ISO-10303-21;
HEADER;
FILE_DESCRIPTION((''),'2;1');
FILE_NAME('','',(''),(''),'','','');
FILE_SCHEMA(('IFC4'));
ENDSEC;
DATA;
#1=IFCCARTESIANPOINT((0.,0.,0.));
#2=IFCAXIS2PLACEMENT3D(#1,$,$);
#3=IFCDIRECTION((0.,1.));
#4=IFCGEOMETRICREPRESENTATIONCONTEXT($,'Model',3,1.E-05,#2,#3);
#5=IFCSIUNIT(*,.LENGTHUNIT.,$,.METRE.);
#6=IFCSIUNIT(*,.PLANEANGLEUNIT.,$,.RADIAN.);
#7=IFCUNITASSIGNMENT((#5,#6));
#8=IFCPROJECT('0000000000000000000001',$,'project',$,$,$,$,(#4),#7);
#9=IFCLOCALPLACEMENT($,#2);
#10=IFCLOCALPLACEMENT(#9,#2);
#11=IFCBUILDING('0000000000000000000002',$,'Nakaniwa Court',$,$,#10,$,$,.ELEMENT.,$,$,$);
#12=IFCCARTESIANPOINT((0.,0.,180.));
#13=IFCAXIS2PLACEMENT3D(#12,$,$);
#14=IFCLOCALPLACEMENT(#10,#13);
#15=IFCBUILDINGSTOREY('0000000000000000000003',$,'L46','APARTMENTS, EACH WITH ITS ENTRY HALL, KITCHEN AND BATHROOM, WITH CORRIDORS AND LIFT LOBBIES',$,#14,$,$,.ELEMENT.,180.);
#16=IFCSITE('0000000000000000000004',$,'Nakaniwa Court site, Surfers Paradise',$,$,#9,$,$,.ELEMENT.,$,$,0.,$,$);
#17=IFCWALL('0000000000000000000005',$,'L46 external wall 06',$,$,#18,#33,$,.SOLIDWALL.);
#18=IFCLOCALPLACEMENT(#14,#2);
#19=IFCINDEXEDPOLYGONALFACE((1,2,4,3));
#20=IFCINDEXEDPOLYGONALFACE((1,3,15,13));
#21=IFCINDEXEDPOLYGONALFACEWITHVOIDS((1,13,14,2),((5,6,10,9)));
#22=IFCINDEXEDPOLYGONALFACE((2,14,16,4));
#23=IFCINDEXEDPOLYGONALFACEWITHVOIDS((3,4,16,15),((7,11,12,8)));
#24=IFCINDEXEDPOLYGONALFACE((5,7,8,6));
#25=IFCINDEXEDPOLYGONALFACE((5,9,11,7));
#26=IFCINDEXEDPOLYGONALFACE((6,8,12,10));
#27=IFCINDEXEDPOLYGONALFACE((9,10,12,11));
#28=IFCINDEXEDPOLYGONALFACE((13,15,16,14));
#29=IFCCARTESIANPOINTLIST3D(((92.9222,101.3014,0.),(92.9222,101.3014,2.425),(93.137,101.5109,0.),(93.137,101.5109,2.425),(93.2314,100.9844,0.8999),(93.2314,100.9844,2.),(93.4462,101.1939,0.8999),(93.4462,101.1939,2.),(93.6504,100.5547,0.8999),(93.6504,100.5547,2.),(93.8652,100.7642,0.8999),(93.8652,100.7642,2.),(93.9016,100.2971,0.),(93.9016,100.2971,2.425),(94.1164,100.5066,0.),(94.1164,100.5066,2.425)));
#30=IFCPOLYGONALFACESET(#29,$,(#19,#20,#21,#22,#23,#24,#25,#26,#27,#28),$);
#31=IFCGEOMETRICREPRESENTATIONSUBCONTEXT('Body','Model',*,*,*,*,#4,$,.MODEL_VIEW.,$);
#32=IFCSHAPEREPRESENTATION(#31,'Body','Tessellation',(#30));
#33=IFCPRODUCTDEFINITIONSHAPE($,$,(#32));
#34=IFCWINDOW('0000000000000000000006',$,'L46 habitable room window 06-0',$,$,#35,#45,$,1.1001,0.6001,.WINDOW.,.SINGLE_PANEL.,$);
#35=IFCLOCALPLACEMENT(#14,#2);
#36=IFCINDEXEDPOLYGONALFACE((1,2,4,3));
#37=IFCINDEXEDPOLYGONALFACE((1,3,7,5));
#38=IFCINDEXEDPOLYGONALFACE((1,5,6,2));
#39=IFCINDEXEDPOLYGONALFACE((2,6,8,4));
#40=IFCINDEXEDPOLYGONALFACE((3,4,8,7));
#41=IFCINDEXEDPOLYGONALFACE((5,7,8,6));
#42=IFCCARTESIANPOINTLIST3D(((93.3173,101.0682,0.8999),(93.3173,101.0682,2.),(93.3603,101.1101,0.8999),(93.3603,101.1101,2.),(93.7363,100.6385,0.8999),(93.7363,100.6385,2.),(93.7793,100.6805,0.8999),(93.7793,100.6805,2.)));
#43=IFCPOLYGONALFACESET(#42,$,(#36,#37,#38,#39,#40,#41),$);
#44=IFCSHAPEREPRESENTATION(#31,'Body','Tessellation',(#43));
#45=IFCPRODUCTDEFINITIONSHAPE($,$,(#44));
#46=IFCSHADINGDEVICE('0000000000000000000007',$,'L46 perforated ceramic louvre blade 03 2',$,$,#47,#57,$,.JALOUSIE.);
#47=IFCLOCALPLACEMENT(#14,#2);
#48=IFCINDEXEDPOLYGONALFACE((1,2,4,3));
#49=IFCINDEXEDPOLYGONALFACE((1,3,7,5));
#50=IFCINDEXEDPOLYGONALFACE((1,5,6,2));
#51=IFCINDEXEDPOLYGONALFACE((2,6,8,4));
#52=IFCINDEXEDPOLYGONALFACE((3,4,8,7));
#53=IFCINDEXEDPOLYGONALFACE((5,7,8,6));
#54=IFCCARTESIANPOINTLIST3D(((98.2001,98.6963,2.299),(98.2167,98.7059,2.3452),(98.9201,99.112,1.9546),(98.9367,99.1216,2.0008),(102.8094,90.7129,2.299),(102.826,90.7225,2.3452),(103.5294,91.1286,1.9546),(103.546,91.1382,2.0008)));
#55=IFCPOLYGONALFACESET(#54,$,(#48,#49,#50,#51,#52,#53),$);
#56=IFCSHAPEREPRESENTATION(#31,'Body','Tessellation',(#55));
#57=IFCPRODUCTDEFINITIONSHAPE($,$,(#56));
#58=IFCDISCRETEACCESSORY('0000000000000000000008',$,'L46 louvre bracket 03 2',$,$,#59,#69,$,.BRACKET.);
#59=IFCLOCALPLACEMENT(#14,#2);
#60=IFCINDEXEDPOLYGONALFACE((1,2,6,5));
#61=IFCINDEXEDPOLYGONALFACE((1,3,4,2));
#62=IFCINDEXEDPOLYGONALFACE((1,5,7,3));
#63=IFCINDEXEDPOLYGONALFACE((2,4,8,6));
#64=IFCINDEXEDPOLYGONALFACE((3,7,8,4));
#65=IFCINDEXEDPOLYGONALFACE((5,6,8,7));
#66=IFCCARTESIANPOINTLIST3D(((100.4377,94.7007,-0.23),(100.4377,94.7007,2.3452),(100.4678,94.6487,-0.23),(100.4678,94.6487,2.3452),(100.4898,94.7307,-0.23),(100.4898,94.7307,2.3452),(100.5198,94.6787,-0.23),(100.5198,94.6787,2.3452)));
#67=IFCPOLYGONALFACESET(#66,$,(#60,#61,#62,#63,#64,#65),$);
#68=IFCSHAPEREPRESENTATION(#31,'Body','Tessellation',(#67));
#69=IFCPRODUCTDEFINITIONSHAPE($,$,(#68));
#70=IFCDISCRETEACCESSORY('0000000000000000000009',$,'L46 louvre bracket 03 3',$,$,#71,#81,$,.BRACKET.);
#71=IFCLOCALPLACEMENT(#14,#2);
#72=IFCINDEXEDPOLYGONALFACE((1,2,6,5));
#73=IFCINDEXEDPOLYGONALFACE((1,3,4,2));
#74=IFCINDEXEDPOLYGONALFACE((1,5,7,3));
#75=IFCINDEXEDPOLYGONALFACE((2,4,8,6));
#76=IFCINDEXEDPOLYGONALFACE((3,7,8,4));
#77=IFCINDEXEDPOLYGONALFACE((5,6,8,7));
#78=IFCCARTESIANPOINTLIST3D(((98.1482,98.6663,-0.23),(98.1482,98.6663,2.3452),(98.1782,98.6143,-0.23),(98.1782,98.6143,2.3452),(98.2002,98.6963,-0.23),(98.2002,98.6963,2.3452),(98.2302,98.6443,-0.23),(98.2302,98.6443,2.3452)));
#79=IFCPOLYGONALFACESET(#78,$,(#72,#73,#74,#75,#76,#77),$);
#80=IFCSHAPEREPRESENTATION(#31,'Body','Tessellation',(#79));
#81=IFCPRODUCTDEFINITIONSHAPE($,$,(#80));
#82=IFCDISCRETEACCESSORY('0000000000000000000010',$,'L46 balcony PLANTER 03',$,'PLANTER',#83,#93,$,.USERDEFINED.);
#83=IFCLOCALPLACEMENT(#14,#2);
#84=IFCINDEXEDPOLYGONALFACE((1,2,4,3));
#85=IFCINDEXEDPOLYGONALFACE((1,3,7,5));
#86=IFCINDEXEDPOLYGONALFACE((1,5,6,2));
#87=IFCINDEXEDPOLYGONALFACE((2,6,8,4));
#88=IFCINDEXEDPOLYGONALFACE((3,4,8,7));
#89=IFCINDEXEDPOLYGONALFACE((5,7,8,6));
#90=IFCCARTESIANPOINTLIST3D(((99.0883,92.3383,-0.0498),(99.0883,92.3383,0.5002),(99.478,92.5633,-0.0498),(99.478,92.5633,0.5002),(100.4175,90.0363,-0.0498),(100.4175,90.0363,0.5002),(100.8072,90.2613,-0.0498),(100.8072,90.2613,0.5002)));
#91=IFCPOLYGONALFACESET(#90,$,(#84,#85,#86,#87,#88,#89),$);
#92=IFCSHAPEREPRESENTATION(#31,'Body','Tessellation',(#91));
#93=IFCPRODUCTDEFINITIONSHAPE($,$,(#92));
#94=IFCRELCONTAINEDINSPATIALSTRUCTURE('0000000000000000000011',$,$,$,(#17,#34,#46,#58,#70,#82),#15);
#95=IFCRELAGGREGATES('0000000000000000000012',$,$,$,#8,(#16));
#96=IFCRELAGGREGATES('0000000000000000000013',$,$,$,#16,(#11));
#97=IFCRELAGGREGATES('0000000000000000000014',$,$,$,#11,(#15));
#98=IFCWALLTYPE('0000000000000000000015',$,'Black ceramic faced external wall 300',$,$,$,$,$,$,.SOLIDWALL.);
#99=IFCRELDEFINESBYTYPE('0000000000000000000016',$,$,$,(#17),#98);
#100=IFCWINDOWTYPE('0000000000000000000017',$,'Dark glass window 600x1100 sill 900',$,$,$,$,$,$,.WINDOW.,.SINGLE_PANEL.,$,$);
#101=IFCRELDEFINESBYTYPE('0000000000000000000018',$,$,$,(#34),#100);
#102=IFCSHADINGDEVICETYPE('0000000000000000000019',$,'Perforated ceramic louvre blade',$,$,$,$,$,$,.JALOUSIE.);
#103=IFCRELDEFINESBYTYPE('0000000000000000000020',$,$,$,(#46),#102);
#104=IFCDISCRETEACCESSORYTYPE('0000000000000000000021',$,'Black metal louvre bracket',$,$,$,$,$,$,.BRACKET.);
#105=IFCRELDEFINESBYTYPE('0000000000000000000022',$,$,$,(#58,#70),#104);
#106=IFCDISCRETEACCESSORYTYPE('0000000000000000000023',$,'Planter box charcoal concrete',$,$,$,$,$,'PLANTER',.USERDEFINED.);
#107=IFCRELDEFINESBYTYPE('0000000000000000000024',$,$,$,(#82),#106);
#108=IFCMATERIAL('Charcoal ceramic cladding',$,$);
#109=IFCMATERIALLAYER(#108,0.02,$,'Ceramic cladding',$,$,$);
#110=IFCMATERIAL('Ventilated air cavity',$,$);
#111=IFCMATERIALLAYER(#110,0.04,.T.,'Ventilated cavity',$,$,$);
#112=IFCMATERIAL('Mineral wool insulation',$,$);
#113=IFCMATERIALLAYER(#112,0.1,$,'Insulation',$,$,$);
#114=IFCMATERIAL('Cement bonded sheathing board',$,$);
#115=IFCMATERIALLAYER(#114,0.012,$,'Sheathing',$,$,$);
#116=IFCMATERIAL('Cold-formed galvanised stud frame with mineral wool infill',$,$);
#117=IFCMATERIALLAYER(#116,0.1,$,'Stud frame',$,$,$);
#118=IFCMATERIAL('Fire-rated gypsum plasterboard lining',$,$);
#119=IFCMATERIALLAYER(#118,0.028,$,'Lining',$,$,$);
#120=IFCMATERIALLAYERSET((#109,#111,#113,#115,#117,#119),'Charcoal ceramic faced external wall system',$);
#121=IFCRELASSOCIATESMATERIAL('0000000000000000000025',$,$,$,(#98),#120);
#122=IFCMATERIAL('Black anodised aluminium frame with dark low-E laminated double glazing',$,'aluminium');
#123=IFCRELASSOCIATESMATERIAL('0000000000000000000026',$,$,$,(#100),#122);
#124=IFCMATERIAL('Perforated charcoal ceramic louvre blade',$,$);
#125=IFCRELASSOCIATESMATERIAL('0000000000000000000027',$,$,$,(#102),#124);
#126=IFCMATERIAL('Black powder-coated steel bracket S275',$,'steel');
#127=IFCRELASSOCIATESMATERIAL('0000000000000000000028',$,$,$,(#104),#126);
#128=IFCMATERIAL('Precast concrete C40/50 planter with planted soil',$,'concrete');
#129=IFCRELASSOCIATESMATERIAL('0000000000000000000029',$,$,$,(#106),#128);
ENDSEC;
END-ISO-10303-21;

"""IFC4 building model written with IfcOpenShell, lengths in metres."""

from ifc_helpers import new_model, si_unit, direction, frame, frame_2d, origin, origin_2d, place, context, subcontext, project, spatial, rectangle, extrude, material, layer, layer_set, material_profile, profile_set, type_object, element, fill, save


model = new_model("IFC4")

# Units and contexts
model_context = context("Model", 3, precision=1e-05, world=origin(), true_north=direction((0.0, 1.0)))
body_context = subcontext(model_context, "Body", "Model", "MODEL_VIEW")
ifc_project = project(units=[si_unit("LENGTHUNIT", "METRE"), si_unit("PLANEANGLEUNIT", "RADIAN")], contexts=[model_context])

# Site, building, storey
site_placement = place(None, origin())
site = spatial("IfcSite", under=ifc_project, at=site_placement, Name="Nakaniwa Court site, Surfers Paradise", CompositionType="ELEMENT", RefElevation=0.0)
building_placement = place(site_placement, origin())
building = spatial("IfcBuilding", under=site, at=building_placement, Name="Nakaniwa Court", CompositionType="ELEMENT")
storey_placement = place(building_placement, frame((0.0, 0.0, 180.0)))
storey = spatial("IfcBuildingStorey", under=building, at=storey_placement, Name="L46", Description="APARTMENTS, EACH WITH ITS ENTRY HALL, KITCHEN AND BATHROOM, WITH CORRIDORS AND LIFT LOBBIES", CompositionType="ELEMENT", Elevation=180.0)

# Shared definitions
ifc_material_1 = material(Name="Charcoal ceramic cladding")
ifc_layer_1 = layer(ifc_material_1, 0.02, Name="Ceramic cladding")
ifc_material_2 = material(Name="Ventilated air cavity")
ifc_layer_2 = layer(ifc_material_2, 0.04, ventilated=True, Name="Ventilated cavity")
ifc_material_3 = material(Name="Mineral wool insulation")
ifc_layer_3 = layer(ifc_material_3, 0.1, Name="Insulation")
ifc_material_4 = material(Name="Cement bonded sheathing board")
ifc_layer_4 = layer(ifc_material_4, 0.012, Name="Sheathing")
ifc_material_5 = material(Name="Cold-formed galvanised stud frame with mineral wool infill")
ifc_layer_5 = layer(ifc_material_5, 0.1, Name="Stud frame")
ifc_material_6 = material(Name="Fire-rated gypsum plasterboard lining")
ifc_layer_6 = layer(ifc_material_6, 0.028, Name="Lining")
ifc_layer_set = layer_set([ifc_layer_1, ifc_layer_2, ifc_layer_3, ifc_layer_4, ifc_layer_5, ifc_layer_6], Name="Charcoal ceramic faced external wall system")
wall_type = type_object("IfcWallType", Name="Black ceramic faced external wall 300", PredefinedType="SOLIDWALL", material=ifc_layer_set)

# Shared definitions
ifc_material_7 = material(Name="Black anodised aluminium frame with dark low-E laminated double glazing", Category="aluminium")

# Wall, opening, window
wall_1_placement = place(storey_placement, frame((94.009, 100.4019, 0.0), z_axis=(0.0, 0.0, 1.0), x_axis=(-0.698176, 0.715926, 0.0)))
wall_1 = element("IfcWall", 1, at=wall_1_placement, inside=storey, type_object=wall_type, Name="L46 external wall 06", PredefinedType="SOLIDWALL", context=body_context, shape_type="SweptSolid", body=[
    extrude(rectangle(XDim=1.4028, YDim=0.3, at=frame_2d((0.7014, 0.0))), origin(), (0.0, 0.0, 1.0), 2.425),
])
opening_1_placement = place(wall_1_placement, frame((0.3599, 0.0, 0.8999)))
opening_1 = element("IfcOpeningElement", 2, at=opening_1_placement, cuts=wall_1, PredefinedType="OPENING", context=body_context, shape_type="SweptSolid", body=[
    extrude(rectangle(XDim=0.6001, YDim=1.1001, at=frame_2d((0.3, 0.55))), frame((0.0, 0.1599, 0.0), z_axis=(0.0, -1.0, 0.0), x_axis=(1.0, 0.0, 0.0)), (0.0, 0.0, 1.0), 0.3201),
])
window_type_1 = type_object("IfcWindowType", Name="Dark glass window 600x1100 sill 900", PartitioningType="SINGLE_PANEL", PredefinedType="WINDOW", material=ifc_material_7)
window_1_placement = place(opening_1_placement, origin())
window_1 = element("IfcWindow", 3, at=window_1_placement, inside=storey, type_object=window_type_1, Name="L46 habitable room window 06-0", OverallHeight=1.1001, OverallWidth=0.6001, PartitioningType="SINGLE_PANEL", PredefinedType="WINDOW", context=body_context, shape_type="SweptSolid", body=[
    extrude(rectangle(XDim=0.6001, YDim=1.1001, at=frame_2d((0.3, 0.55))), frame((0.0, 0.03, 0.0), z_axis=(0.0, -1.0, 0.0), x_axis=(1.0, 0.0, 0.0)), (0.0, 0.0, 1.0), 0.0601),
])
fill(opening_1, window_1)

# Shading device
ifc_material_8 = material(Name="Perforated charcoal ceramic louvre blade")
ifc_material_profile_1 = material_profile(ifc_material_8, rectangle(XDim=0.8999, YDim=0.05, at=origin_2d()), Name="Perforated ceramic louvre blade")
ifc_profile_set_1 = profile_set([ifc_material_profile_1], Name="Perforated charcoal ceramic louvre blade")
shading_device_type = type_object("IfcShadingDeviceType", Name="Perforated ceramic louvre blade", PredefinedType="JALOUSIE", material=ifc_profile_set_1)
shading_device_placement = place(storey_placement, frame((103.1777, 90.9255, 2.1499), z_axis=(-0.500013, 0.866018, 0.0), x_axis=(-0.800096, -0.461952, 0.382683)))
element("IfcShadingDevice", 4, at=shading_device_placement, inside=storey, type_object=shading_device_type, Name="L46 perforated ceramic louvre blade 03 2", PredefinedType="JALOUSIE", context=body_context, shape_type="SweptSolid", body=[
    extrude(rectangle(XDim=0.8999, YDim=0.05, at=origin_2d()), origin(), (0.0, 0.0, 1.0), 9.2185),
])

# Discrete accessories
ifc_material_9 = material(Name="Black powder-coated steel bracket S275", Category="steel")
discrete_accessory_type_1 = type_object("IfcDiscreteAccessoryType", Name="Black metal louvre bracket", PredefinedType="BRACKET", material=ifc_material_9)
for number, where, z_axis, x_axis, name in (
    (5, (100.4788, 94.6897, -0.23), (0.0, 0.0, 1.0), (-0.500017, 0.866016, 0.0), "L46 louvre bracket 03 2"),
    (6, (98.1892, 98.6553, -0.23), (0.0, 0.0, 1.0), (-0.500017, 0.866016, 0.0), "L46 louvre bracket 03 3"),
):
    element("IfcDiscreteAccessory", number, at=place(storey_placement, frame(where, z_axis=z_axis, x_axis=x_axis)), inside=storey, type_object=discrete_accessory_type_1, Name=name, PredefinedType="BRACKET", context=body_context, shape_type="SweptSolid", body=[
        extrude(rectangle(XDim=0.0601, YDim=0.0601, at=origin_2d()), origin(), (0.0, 0.0, 1.0), 2.5752),
    ])
ifc_material_10 = material(Name="Precast concrete C40/50 planter with planted soil", Category="concrete")
discrete_accessory_type_2 = type_object("IfcDiscreteAccessoryType", Name="Planter box charcoal concrete", ElementType="PLANTER", PredefinedType="USERDEFINED", material=ifc_material_10)
discrete_accessory_placement = place(storey_placement, frame((99.9478, 91.2998, -0.0498), z_axis=(0.0, 0.0, 1.0), x_axis=(-0.500017, 0.866016, 0.0)))
element("IfcDiscreteAccessory", 7, at=discrete_accessory_placement, inside=storey, type_object=discrete_accessory_type_2, Name="L46 balcony PLANTER 03", ObjectType="PLANTER", PredefinedType="USERDEFINED", context=body_context, shape_type="SweptSolid", body=[
    extrude(rectangle(XDim=2.6582, YDim=0.45, at=origin_2d()), origin(), (0.0, 0.0, 1.0), 0.55),
])

save(model, "model.ifc")
